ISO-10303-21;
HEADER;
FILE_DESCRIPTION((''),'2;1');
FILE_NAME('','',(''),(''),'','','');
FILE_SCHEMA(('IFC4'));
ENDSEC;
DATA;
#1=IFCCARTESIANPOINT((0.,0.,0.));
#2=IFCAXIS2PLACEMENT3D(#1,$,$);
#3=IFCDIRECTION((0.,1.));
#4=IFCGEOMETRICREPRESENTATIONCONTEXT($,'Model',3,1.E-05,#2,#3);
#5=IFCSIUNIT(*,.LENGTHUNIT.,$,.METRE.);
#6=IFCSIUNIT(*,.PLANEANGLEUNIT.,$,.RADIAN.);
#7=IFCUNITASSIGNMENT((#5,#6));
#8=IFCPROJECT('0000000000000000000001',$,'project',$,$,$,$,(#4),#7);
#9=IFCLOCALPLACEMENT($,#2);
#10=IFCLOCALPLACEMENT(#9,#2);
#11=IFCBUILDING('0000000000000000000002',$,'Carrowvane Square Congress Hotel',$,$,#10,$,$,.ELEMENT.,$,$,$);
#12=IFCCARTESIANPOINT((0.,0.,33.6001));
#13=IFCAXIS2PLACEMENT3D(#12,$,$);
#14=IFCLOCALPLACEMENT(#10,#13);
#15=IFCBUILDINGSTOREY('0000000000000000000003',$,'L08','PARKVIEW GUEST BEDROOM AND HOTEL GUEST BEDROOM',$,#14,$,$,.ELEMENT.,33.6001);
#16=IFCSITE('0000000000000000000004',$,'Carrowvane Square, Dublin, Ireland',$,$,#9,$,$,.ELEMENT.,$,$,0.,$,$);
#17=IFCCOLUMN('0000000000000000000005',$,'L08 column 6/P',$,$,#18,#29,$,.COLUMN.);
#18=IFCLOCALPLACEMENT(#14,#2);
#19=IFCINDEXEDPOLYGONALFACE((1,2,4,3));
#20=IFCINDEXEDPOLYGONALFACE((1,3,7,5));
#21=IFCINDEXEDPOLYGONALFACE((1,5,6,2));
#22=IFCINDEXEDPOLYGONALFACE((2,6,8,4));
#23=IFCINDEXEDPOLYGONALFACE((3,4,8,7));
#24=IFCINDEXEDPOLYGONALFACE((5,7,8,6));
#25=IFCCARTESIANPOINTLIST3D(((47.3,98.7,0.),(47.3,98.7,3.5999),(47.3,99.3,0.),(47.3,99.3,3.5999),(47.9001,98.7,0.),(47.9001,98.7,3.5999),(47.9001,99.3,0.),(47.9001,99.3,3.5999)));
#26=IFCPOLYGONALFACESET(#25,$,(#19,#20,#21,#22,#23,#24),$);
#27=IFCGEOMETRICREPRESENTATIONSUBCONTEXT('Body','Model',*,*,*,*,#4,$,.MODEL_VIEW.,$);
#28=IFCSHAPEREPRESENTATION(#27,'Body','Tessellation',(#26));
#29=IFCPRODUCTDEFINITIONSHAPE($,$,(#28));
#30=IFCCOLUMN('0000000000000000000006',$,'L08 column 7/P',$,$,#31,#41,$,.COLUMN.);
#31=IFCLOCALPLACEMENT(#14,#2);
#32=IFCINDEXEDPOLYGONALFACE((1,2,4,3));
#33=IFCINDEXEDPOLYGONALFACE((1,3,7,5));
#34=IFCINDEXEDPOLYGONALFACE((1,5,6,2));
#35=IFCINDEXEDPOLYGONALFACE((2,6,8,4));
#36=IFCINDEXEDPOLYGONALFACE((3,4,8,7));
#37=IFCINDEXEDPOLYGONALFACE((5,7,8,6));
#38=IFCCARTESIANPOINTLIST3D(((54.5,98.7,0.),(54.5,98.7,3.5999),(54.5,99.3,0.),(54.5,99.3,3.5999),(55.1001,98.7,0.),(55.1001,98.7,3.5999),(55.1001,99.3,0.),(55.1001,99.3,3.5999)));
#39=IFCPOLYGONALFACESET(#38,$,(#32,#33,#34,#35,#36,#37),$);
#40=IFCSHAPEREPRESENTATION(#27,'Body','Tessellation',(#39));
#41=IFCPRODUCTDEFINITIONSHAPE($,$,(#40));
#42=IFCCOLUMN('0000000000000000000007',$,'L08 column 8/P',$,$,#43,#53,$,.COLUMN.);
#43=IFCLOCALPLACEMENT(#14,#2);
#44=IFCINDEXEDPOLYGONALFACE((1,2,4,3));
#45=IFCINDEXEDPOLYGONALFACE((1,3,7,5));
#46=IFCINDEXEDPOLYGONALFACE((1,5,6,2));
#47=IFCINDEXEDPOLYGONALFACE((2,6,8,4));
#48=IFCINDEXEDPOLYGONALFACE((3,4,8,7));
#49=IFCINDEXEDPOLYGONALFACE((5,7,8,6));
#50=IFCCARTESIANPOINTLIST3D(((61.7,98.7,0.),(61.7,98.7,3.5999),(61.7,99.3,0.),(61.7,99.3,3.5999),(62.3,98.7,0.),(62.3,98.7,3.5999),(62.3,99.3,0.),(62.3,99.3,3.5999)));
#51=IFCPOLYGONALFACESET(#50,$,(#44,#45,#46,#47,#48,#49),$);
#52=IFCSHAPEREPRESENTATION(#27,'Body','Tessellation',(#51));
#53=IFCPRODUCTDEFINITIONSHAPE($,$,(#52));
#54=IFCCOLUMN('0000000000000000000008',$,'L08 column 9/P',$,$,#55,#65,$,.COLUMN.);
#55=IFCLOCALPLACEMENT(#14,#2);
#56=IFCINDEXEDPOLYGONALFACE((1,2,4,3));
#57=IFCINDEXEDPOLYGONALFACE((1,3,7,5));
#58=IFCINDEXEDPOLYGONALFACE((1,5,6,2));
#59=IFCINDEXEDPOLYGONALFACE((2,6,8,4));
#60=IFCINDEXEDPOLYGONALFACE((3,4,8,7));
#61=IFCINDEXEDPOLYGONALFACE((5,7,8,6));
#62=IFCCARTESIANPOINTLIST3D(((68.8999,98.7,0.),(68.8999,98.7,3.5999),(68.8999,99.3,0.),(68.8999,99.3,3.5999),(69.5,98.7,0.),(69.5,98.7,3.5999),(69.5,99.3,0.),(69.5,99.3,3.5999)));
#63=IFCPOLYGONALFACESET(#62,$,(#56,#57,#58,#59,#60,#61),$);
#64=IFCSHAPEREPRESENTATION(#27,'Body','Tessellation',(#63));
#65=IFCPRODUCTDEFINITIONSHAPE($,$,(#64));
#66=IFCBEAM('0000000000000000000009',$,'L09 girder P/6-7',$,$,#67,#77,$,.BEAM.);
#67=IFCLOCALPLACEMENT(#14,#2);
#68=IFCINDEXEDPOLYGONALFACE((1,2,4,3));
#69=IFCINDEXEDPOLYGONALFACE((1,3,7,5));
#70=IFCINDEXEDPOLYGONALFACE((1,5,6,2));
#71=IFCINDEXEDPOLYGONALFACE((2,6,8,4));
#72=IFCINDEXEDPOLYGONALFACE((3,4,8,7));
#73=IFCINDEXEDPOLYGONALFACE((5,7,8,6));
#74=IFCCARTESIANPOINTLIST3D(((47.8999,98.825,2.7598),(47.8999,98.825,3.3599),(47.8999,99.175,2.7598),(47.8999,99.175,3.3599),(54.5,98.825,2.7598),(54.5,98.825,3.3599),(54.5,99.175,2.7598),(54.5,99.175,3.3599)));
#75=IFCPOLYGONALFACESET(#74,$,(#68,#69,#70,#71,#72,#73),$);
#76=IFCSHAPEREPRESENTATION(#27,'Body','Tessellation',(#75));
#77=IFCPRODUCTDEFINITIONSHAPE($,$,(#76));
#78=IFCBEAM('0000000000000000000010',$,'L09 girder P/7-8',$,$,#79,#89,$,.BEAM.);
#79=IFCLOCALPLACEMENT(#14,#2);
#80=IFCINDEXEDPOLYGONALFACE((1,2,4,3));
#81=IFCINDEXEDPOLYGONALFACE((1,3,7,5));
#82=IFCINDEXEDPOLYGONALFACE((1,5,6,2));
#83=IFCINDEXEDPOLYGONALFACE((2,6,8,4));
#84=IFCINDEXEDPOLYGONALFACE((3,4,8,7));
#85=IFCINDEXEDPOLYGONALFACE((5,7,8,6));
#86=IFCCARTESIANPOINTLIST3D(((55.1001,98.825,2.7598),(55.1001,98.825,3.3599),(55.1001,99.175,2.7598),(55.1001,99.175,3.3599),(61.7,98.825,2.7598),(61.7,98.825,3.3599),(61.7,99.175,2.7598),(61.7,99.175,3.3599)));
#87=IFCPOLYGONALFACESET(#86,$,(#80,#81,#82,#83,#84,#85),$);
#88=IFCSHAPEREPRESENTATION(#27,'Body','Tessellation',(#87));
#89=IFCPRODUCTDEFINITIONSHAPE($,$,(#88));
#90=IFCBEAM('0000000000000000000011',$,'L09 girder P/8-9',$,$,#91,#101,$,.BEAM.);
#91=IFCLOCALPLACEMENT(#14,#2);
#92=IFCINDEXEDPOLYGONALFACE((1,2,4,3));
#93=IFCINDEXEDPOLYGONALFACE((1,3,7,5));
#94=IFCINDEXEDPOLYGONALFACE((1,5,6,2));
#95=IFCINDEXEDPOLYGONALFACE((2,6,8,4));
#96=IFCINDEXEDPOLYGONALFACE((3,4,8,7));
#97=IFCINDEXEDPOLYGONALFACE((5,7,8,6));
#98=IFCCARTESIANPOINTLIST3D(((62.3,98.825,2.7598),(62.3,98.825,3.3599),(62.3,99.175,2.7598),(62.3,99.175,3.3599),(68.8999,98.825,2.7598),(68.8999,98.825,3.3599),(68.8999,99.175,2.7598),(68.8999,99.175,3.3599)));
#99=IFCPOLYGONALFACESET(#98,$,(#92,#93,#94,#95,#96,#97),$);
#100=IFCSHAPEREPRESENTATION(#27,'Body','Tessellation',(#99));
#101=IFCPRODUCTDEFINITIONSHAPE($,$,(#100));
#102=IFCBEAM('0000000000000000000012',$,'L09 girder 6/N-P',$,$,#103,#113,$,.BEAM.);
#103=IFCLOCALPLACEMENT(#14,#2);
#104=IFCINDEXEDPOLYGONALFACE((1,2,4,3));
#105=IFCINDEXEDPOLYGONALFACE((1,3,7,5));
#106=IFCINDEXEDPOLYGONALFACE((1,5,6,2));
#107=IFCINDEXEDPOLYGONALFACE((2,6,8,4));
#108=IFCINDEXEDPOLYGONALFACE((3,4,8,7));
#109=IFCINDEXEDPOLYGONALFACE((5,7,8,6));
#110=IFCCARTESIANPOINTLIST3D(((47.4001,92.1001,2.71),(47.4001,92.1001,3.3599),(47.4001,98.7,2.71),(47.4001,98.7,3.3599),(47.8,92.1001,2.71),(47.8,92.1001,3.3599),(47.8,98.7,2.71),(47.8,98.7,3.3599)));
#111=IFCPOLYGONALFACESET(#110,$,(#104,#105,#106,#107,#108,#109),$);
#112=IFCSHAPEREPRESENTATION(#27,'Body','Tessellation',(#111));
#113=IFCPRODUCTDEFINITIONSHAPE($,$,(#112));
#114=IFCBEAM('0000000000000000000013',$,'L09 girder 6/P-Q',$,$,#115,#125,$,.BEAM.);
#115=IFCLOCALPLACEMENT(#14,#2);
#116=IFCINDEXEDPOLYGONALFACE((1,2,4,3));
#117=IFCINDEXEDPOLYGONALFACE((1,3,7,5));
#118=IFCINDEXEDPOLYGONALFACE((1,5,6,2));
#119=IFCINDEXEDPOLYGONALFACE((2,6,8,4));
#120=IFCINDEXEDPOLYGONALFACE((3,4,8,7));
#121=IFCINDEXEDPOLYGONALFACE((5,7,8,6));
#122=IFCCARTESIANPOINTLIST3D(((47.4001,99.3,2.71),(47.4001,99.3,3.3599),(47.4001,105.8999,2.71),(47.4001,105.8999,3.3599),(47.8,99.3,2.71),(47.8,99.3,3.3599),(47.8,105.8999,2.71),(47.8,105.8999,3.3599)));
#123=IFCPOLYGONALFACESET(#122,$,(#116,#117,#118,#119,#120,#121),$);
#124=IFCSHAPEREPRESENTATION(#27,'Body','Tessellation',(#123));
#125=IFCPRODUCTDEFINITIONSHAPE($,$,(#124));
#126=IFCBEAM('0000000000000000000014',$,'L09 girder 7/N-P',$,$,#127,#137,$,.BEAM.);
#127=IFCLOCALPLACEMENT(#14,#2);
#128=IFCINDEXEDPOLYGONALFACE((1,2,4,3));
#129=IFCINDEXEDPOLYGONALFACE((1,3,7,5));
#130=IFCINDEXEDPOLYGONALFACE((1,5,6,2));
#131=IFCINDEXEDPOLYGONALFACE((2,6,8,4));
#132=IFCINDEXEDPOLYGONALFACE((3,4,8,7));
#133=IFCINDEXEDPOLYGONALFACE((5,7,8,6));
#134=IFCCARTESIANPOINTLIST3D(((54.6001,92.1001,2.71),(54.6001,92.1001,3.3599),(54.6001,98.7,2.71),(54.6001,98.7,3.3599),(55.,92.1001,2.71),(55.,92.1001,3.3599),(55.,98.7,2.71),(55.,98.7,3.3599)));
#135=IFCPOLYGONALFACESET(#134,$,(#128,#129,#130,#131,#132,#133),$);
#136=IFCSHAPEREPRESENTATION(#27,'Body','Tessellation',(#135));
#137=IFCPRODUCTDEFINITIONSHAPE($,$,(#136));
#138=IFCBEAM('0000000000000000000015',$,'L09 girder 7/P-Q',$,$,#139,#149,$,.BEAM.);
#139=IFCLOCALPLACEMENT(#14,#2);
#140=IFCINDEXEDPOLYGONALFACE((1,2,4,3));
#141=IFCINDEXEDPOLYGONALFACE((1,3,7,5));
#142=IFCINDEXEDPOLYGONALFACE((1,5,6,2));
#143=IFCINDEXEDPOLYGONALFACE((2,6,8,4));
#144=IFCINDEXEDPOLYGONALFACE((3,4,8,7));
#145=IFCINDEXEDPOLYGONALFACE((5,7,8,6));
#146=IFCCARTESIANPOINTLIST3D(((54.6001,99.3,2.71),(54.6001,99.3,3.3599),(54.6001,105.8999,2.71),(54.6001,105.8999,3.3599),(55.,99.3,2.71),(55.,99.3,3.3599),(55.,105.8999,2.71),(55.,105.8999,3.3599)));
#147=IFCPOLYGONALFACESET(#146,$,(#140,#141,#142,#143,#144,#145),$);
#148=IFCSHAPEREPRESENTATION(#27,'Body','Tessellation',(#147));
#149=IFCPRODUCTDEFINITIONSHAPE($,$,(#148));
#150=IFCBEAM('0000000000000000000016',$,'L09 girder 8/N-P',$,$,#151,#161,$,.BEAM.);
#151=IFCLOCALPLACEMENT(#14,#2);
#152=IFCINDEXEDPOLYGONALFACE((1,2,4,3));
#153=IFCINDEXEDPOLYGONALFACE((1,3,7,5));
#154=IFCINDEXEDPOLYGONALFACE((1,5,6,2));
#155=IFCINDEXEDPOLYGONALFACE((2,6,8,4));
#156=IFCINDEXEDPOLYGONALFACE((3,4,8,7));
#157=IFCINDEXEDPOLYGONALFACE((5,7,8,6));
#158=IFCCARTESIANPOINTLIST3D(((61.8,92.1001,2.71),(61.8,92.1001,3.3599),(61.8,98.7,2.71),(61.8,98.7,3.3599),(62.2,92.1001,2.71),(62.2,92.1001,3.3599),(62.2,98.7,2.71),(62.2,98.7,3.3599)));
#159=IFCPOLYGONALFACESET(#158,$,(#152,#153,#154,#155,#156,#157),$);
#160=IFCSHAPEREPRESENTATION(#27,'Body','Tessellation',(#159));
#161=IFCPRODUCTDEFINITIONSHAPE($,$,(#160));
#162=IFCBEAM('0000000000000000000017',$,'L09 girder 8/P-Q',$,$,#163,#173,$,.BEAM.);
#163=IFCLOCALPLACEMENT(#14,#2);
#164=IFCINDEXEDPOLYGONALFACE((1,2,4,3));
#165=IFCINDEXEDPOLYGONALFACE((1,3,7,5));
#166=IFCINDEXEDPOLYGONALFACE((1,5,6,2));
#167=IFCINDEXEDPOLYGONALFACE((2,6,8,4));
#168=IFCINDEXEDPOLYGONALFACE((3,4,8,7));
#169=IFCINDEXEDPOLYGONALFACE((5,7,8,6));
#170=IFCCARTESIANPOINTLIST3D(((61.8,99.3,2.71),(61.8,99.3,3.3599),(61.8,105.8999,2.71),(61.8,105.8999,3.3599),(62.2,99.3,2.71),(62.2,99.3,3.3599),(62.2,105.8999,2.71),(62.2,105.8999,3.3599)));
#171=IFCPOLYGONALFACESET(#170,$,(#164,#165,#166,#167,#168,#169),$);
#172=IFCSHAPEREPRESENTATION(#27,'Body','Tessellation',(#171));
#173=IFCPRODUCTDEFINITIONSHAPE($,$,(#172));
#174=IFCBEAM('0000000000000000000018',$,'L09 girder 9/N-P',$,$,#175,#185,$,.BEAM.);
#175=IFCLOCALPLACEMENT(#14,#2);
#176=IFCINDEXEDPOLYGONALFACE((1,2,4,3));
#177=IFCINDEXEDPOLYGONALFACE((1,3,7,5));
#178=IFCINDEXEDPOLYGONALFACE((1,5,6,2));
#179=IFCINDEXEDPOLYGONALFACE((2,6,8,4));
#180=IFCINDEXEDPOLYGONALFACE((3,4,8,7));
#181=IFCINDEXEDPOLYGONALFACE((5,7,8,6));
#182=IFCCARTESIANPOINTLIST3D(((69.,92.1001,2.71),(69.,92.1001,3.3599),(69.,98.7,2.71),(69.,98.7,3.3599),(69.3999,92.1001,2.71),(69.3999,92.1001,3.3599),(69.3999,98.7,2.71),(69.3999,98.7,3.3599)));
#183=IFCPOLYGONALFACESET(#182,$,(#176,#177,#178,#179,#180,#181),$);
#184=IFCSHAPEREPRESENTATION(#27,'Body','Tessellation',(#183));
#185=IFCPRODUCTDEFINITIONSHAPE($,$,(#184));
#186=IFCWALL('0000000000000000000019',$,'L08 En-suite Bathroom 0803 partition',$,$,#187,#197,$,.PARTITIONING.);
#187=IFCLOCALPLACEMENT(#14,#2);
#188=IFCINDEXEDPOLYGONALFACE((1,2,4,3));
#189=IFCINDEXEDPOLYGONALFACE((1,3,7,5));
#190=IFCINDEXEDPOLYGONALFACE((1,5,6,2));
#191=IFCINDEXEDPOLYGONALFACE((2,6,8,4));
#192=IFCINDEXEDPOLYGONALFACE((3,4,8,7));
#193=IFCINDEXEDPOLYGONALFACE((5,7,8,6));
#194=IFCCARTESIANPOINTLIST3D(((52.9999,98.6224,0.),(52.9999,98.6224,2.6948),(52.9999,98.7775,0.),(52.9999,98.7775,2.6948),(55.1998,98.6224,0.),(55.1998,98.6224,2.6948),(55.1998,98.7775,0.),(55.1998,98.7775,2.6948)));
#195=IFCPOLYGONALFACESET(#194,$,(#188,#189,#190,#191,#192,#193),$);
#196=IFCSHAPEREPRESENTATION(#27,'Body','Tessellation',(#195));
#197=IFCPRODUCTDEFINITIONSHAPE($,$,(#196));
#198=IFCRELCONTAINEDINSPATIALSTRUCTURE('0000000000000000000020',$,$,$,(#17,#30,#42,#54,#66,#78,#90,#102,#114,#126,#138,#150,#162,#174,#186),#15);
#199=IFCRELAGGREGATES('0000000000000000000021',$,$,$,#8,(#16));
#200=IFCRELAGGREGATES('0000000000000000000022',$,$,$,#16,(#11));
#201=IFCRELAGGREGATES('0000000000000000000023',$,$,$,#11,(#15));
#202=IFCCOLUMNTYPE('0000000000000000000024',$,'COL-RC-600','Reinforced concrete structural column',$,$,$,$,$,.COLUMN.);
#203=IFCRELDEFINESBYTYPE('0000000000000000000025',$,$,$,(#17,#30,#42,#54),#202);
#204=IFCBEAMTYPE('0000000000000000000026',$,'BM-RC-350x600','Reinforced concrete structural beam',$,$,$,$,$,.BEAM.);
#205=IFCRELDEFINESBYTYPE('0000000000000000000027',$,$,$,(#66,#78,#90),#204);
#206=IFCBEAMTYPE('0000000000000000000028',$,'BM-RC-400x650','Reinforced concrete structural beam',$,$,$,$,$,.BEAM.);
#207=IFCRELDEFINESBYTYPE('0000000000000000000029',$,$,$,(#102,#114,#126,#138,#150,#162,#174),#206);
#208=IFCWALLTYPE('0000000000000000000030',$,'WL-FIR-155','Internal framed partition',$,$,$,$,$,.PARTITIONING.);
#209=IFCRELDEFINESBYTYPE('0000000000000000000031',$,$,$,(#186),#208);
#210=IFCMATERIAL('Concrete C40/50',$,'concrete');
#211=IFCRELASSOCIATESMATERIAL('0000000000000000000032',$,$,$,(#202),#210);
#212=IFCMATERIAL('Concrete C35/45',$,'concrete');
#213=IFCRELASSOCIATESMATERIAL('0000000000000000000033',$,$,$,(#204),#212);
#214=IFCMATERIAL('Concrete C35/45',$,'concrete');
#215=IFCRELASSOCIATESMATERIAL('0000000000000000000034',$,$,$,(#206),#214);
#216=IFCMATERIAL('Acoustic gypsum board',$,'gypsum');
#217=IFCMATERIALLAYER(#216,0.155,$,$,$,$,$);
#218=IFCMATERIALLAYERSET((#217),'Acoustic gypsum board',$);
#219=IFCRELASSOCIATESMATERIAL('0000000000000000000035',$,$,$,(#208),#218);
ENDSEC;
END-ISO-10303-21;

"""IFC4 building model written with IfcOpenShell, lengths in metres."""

from ifc_helpers import new_model, si_unit, direction, frame, frame_2d, origin, origin_2d, place, context, subcontext, project, spatial, rectangle, extrude, material, layer, layer_set, material_profile, profile_set, type_object, element, save


model = new_model("IFC4")

# Units and contexts
model_context = context("Model", 3, precision=1e-05, world=origin(), true_north=direction((0.0, 1.0)))
body_context = subcontext(model_context, "Body", "Model", "MODEL_VIEW")
ifc_project = project(units=[si_unit("LENGTHUNIT", "METRE"), si_unit("PLANEANGLEUNIT", "RADIAN")], contexts=[model_context])

# Site, building, storey
site_placement = place(None, origin())
site = spatial("IfcSite", under=ifc_project, at=site_placement, Name="Carrowvane Square, Dublin, Ireland", CompositionType="ELEMENT", RefElevation=0.0)
building_placement = place(site_placement, origin())
building = spatial("IfcBuilding", under=site, at=building_placement, Name="Carrowvane Square Congress Hotel", CompositionType="ELEMENT")
storey_placement = place(building_placement, frame((0.0, 0.0, 33.6001)))
storey = spatial("IfcBuildingStorey", under=building, at=storey_placement, Name="L08", Description="PARKVIEW GUEST BEDROOM AND HOTEL GUEST BEDROOM", CompositionType="ELEMENT", Elevation=33.6001)

# Columns
ifc_material_1 = material(Name="Concrete C40/50", Category="concrete")
ifc_material_profile_1 = material_profile(ifc_material_1, rectangle(XDim=0.6001, YDim=0.6001, at=origin_2d()), Name="RC 600x600")
ifc_profile_set_1 = profile_set([ifc_material_profile_1], Name="Concrete C40/50")
column_type = type_object("IfcColumnType", Name="COL-RC-600", Description="Reinforced concrete structural column", PredefinedType="COLUMN", material=ifc_profile_set_1)
for number, where, z_axis, x_axis, name in (
    (1, (47.6001, 99.0, 0.0), (0.0, 0.0, 1.0), (1.0, 0.0, 0.0), "L08 column 6/P"),
    (2, (54.8, 99.0, 0.0), (0.0, 0.0, 1.0), (1.0, 0.0, 0.0), "L08 column 7/P"),
    (3, (62.0, 99.0, 0.0), (0.0, 0.0, 1.0), (1.0, 0.0, 0.0), "L08 column 8/P"),
    (4, (69.2, 99.0, 0.0), (0.0, 0.0, 1.0), (1.0, 0.0, 0.0), "L08 column 9/P"),
):
    element("IfcColumn", number, at=place(storey_placement, frame(where, z_axis=z_axis, x_axis=x_axis)), inside=storey, type_object=column_type, Name=name, PredefinedType="COLUMN", context=body_context, shape_type="SweptSolid", body=[
        extrude(rectangle(XDim=0.6001, YDim=0.6001, at=origin_2d()), origin(), (0.0, 0.0, 1.0), 3.5999),
    ])

# Beams
ifc_material_2 = material(Name="Concrete C35/45", Category="concrete")
ifc_material_profile_2 = material_profile(ifc_material_2, rectangle(XDim=0.3501, YDim=0.6001, at=origin_2d()), Name="RC 350x600")
ifc_profile_set_2 = profile_set([ifc_material_profile_2], Name="Concrete C35/45")
beam_type_1 = type_object("IfcBeamType", Name="BM-RC-350x600", Description="Reinforced concrete structural beam", PredefinedType="BEAM", material=ifc_profile_set_2)
beam_placement = place(storey_placement, frame((47.8999, 99.0, 3.0598), z_axis=(1.0, 0.0, 0.0), x_axis=(0.0, 1.0, 0.0)))
element("IfcBeam", 5, at=beam_placement, inside=storey, type_object=beam_type_1, Name="L09 girder P/6-7", PredefinedType="BEAM", context=body_context, shape_type="SweptSolid", body=[
    extrude(rectangle(XDim=0.3501, YDim=0.6001, at=origin_2d()), origin(), (0.0, 0.0, 1.0), 6.6001),
])
for number, where, z_axis, x_axis, name in (
    (6, (55.1001, 99.0, 3.0598), (1.0, 0.0, 0.0), (0.0, 1.0, 0.0), "L09 girder P/7-8"),
    (7, (62.3, 99.0, 3.0598), (1.0, 0.0, 0.0), (0.0, 1.0, 0.0), "L09 girder P/8-9"),
):
    element("IfcBeam", number, at=place(storey_placement, frame(where, z_axis=z_axis, x_axis=x_axis)), inside=storey, type_object=beam_type_1, Name=name, PredefinedType="BEAM", context=body_context, shape_type="SweptSolid", body=[
        extrude(rectangle(XDim=0.3501, YDim=0.6001, at=origin_2d()), origin(), (0.0, 0.0, 1.0), 6.5999),
    ])
ifc_material_3 = material(Name="Concrete C35/45", Category="concrete")
ifc_material_profile_3 = material_profile(ifc_material_3, rectangle(XDim=0.3999, YDim=0.6499, at=origin_2d()), Name="RC 400x650")
ifc_profile_set_3 = profile_set([ifc_material_profile_3], Name="Concrete C35/45")
beam_type_2 = type_object("IfcBeamType", Name="BM-RC-400x650", Description="Reinforced concrete structural beam", PredefinedType="BEAM", material=ifc_profile_set_3)
for number, where, z_axis, x_axis, name in (
    (8, (47.6001, 92.1001, 3.0349), (0.0, 1.0, 0.0), (-1.0, 0.0, 0.0), "L09 girder 6/N-P"),
    (9, (47.6001, 99.3, 3.0349), (0.0, 1.0, 0.0), (-1.0, 0.0, 0.0), "L09 girder 6/P-Q"),
    (10, (54.8, 92.1001, 3.0349), (0.0, 1.0, 0.0), (-1.0, 0.0, 0.0), "L09 girder 7/N-P"),
    (11, (54.8, 99.3, 3.0349), (0.0, 1.0, 0.0), (-1.0, 0.0, 0.0), "L09 girder 7/P-Q"),
    (12, (62.0, 92.1001, 3.0349), (0.0, 1.0, 0.0), (-1.0, 0.0, 0.0), "L09 girder 8/N-P"),
    (13, (62.0, 99.3, 3.0349), (0.0, 1.0, 0.0), (-1.0, 0.0, 0.0), "L09 girder 8/P-Q"),
    (14, (69.2, 92.1001, 3.0349), (0.0, 1.0, 0.0), (-1.0, 0.0, 0.0), "L09 girder 9/N-P"),
):
    element("IfcBeam", number, at=place(storey_placement, frame(where, z_axis=z_axis, x_axis=x_axis)), inside=storey, type_object=beam_type_2, Name=name, PredefinedType="BEAM", context=body_context, shape_type="SweptSolid", body=[
        extrude(rectangle(XDim=0.3999, YDim=0.6499, at=origin_2d()), origin(), (0.0, 0.0, 1.0), 6.5999),
    ])

# Wall
ifc_material_4 = material(Name="Acoustic gypsum board", Category="gypsum")
ifc_layer_1 = layer(ifc_material_4, 0.155)
ifc_layer_set_1 = layer_set([ifc_layer_1], Name="Acoustic gypsum board")
wall_type_1 = type_object("IfcWallType", Name="WL-FIR-155", Description="Internal framed partition", PredefinedType="PARTITIONING", material=ifc_layer_set_1)
wall_1_placement = place(storey_placement, frame((55.2, 98.7, 0.0), z_axis=(0.0, 0.0, 1.0), x_axis=(-1.0, 0.0, 0.0)))
element("IfcWall", 15, at=wall_1_placement, inside=storey, type_object=wall_type_1, Name="L08 En-suite Bathroom 0803 partition", PredefinedType="PARTITIONING", context=body_context, shape_type="SweptSolid", body=[
    extrude(rectangle(XDim=2.2, YDim=0.155, at=frame_2d((1.1001, 0.0))), origin(), (0.0, 0.0, 1.0), 2.6948),
])

save(model, "model.ifc")
